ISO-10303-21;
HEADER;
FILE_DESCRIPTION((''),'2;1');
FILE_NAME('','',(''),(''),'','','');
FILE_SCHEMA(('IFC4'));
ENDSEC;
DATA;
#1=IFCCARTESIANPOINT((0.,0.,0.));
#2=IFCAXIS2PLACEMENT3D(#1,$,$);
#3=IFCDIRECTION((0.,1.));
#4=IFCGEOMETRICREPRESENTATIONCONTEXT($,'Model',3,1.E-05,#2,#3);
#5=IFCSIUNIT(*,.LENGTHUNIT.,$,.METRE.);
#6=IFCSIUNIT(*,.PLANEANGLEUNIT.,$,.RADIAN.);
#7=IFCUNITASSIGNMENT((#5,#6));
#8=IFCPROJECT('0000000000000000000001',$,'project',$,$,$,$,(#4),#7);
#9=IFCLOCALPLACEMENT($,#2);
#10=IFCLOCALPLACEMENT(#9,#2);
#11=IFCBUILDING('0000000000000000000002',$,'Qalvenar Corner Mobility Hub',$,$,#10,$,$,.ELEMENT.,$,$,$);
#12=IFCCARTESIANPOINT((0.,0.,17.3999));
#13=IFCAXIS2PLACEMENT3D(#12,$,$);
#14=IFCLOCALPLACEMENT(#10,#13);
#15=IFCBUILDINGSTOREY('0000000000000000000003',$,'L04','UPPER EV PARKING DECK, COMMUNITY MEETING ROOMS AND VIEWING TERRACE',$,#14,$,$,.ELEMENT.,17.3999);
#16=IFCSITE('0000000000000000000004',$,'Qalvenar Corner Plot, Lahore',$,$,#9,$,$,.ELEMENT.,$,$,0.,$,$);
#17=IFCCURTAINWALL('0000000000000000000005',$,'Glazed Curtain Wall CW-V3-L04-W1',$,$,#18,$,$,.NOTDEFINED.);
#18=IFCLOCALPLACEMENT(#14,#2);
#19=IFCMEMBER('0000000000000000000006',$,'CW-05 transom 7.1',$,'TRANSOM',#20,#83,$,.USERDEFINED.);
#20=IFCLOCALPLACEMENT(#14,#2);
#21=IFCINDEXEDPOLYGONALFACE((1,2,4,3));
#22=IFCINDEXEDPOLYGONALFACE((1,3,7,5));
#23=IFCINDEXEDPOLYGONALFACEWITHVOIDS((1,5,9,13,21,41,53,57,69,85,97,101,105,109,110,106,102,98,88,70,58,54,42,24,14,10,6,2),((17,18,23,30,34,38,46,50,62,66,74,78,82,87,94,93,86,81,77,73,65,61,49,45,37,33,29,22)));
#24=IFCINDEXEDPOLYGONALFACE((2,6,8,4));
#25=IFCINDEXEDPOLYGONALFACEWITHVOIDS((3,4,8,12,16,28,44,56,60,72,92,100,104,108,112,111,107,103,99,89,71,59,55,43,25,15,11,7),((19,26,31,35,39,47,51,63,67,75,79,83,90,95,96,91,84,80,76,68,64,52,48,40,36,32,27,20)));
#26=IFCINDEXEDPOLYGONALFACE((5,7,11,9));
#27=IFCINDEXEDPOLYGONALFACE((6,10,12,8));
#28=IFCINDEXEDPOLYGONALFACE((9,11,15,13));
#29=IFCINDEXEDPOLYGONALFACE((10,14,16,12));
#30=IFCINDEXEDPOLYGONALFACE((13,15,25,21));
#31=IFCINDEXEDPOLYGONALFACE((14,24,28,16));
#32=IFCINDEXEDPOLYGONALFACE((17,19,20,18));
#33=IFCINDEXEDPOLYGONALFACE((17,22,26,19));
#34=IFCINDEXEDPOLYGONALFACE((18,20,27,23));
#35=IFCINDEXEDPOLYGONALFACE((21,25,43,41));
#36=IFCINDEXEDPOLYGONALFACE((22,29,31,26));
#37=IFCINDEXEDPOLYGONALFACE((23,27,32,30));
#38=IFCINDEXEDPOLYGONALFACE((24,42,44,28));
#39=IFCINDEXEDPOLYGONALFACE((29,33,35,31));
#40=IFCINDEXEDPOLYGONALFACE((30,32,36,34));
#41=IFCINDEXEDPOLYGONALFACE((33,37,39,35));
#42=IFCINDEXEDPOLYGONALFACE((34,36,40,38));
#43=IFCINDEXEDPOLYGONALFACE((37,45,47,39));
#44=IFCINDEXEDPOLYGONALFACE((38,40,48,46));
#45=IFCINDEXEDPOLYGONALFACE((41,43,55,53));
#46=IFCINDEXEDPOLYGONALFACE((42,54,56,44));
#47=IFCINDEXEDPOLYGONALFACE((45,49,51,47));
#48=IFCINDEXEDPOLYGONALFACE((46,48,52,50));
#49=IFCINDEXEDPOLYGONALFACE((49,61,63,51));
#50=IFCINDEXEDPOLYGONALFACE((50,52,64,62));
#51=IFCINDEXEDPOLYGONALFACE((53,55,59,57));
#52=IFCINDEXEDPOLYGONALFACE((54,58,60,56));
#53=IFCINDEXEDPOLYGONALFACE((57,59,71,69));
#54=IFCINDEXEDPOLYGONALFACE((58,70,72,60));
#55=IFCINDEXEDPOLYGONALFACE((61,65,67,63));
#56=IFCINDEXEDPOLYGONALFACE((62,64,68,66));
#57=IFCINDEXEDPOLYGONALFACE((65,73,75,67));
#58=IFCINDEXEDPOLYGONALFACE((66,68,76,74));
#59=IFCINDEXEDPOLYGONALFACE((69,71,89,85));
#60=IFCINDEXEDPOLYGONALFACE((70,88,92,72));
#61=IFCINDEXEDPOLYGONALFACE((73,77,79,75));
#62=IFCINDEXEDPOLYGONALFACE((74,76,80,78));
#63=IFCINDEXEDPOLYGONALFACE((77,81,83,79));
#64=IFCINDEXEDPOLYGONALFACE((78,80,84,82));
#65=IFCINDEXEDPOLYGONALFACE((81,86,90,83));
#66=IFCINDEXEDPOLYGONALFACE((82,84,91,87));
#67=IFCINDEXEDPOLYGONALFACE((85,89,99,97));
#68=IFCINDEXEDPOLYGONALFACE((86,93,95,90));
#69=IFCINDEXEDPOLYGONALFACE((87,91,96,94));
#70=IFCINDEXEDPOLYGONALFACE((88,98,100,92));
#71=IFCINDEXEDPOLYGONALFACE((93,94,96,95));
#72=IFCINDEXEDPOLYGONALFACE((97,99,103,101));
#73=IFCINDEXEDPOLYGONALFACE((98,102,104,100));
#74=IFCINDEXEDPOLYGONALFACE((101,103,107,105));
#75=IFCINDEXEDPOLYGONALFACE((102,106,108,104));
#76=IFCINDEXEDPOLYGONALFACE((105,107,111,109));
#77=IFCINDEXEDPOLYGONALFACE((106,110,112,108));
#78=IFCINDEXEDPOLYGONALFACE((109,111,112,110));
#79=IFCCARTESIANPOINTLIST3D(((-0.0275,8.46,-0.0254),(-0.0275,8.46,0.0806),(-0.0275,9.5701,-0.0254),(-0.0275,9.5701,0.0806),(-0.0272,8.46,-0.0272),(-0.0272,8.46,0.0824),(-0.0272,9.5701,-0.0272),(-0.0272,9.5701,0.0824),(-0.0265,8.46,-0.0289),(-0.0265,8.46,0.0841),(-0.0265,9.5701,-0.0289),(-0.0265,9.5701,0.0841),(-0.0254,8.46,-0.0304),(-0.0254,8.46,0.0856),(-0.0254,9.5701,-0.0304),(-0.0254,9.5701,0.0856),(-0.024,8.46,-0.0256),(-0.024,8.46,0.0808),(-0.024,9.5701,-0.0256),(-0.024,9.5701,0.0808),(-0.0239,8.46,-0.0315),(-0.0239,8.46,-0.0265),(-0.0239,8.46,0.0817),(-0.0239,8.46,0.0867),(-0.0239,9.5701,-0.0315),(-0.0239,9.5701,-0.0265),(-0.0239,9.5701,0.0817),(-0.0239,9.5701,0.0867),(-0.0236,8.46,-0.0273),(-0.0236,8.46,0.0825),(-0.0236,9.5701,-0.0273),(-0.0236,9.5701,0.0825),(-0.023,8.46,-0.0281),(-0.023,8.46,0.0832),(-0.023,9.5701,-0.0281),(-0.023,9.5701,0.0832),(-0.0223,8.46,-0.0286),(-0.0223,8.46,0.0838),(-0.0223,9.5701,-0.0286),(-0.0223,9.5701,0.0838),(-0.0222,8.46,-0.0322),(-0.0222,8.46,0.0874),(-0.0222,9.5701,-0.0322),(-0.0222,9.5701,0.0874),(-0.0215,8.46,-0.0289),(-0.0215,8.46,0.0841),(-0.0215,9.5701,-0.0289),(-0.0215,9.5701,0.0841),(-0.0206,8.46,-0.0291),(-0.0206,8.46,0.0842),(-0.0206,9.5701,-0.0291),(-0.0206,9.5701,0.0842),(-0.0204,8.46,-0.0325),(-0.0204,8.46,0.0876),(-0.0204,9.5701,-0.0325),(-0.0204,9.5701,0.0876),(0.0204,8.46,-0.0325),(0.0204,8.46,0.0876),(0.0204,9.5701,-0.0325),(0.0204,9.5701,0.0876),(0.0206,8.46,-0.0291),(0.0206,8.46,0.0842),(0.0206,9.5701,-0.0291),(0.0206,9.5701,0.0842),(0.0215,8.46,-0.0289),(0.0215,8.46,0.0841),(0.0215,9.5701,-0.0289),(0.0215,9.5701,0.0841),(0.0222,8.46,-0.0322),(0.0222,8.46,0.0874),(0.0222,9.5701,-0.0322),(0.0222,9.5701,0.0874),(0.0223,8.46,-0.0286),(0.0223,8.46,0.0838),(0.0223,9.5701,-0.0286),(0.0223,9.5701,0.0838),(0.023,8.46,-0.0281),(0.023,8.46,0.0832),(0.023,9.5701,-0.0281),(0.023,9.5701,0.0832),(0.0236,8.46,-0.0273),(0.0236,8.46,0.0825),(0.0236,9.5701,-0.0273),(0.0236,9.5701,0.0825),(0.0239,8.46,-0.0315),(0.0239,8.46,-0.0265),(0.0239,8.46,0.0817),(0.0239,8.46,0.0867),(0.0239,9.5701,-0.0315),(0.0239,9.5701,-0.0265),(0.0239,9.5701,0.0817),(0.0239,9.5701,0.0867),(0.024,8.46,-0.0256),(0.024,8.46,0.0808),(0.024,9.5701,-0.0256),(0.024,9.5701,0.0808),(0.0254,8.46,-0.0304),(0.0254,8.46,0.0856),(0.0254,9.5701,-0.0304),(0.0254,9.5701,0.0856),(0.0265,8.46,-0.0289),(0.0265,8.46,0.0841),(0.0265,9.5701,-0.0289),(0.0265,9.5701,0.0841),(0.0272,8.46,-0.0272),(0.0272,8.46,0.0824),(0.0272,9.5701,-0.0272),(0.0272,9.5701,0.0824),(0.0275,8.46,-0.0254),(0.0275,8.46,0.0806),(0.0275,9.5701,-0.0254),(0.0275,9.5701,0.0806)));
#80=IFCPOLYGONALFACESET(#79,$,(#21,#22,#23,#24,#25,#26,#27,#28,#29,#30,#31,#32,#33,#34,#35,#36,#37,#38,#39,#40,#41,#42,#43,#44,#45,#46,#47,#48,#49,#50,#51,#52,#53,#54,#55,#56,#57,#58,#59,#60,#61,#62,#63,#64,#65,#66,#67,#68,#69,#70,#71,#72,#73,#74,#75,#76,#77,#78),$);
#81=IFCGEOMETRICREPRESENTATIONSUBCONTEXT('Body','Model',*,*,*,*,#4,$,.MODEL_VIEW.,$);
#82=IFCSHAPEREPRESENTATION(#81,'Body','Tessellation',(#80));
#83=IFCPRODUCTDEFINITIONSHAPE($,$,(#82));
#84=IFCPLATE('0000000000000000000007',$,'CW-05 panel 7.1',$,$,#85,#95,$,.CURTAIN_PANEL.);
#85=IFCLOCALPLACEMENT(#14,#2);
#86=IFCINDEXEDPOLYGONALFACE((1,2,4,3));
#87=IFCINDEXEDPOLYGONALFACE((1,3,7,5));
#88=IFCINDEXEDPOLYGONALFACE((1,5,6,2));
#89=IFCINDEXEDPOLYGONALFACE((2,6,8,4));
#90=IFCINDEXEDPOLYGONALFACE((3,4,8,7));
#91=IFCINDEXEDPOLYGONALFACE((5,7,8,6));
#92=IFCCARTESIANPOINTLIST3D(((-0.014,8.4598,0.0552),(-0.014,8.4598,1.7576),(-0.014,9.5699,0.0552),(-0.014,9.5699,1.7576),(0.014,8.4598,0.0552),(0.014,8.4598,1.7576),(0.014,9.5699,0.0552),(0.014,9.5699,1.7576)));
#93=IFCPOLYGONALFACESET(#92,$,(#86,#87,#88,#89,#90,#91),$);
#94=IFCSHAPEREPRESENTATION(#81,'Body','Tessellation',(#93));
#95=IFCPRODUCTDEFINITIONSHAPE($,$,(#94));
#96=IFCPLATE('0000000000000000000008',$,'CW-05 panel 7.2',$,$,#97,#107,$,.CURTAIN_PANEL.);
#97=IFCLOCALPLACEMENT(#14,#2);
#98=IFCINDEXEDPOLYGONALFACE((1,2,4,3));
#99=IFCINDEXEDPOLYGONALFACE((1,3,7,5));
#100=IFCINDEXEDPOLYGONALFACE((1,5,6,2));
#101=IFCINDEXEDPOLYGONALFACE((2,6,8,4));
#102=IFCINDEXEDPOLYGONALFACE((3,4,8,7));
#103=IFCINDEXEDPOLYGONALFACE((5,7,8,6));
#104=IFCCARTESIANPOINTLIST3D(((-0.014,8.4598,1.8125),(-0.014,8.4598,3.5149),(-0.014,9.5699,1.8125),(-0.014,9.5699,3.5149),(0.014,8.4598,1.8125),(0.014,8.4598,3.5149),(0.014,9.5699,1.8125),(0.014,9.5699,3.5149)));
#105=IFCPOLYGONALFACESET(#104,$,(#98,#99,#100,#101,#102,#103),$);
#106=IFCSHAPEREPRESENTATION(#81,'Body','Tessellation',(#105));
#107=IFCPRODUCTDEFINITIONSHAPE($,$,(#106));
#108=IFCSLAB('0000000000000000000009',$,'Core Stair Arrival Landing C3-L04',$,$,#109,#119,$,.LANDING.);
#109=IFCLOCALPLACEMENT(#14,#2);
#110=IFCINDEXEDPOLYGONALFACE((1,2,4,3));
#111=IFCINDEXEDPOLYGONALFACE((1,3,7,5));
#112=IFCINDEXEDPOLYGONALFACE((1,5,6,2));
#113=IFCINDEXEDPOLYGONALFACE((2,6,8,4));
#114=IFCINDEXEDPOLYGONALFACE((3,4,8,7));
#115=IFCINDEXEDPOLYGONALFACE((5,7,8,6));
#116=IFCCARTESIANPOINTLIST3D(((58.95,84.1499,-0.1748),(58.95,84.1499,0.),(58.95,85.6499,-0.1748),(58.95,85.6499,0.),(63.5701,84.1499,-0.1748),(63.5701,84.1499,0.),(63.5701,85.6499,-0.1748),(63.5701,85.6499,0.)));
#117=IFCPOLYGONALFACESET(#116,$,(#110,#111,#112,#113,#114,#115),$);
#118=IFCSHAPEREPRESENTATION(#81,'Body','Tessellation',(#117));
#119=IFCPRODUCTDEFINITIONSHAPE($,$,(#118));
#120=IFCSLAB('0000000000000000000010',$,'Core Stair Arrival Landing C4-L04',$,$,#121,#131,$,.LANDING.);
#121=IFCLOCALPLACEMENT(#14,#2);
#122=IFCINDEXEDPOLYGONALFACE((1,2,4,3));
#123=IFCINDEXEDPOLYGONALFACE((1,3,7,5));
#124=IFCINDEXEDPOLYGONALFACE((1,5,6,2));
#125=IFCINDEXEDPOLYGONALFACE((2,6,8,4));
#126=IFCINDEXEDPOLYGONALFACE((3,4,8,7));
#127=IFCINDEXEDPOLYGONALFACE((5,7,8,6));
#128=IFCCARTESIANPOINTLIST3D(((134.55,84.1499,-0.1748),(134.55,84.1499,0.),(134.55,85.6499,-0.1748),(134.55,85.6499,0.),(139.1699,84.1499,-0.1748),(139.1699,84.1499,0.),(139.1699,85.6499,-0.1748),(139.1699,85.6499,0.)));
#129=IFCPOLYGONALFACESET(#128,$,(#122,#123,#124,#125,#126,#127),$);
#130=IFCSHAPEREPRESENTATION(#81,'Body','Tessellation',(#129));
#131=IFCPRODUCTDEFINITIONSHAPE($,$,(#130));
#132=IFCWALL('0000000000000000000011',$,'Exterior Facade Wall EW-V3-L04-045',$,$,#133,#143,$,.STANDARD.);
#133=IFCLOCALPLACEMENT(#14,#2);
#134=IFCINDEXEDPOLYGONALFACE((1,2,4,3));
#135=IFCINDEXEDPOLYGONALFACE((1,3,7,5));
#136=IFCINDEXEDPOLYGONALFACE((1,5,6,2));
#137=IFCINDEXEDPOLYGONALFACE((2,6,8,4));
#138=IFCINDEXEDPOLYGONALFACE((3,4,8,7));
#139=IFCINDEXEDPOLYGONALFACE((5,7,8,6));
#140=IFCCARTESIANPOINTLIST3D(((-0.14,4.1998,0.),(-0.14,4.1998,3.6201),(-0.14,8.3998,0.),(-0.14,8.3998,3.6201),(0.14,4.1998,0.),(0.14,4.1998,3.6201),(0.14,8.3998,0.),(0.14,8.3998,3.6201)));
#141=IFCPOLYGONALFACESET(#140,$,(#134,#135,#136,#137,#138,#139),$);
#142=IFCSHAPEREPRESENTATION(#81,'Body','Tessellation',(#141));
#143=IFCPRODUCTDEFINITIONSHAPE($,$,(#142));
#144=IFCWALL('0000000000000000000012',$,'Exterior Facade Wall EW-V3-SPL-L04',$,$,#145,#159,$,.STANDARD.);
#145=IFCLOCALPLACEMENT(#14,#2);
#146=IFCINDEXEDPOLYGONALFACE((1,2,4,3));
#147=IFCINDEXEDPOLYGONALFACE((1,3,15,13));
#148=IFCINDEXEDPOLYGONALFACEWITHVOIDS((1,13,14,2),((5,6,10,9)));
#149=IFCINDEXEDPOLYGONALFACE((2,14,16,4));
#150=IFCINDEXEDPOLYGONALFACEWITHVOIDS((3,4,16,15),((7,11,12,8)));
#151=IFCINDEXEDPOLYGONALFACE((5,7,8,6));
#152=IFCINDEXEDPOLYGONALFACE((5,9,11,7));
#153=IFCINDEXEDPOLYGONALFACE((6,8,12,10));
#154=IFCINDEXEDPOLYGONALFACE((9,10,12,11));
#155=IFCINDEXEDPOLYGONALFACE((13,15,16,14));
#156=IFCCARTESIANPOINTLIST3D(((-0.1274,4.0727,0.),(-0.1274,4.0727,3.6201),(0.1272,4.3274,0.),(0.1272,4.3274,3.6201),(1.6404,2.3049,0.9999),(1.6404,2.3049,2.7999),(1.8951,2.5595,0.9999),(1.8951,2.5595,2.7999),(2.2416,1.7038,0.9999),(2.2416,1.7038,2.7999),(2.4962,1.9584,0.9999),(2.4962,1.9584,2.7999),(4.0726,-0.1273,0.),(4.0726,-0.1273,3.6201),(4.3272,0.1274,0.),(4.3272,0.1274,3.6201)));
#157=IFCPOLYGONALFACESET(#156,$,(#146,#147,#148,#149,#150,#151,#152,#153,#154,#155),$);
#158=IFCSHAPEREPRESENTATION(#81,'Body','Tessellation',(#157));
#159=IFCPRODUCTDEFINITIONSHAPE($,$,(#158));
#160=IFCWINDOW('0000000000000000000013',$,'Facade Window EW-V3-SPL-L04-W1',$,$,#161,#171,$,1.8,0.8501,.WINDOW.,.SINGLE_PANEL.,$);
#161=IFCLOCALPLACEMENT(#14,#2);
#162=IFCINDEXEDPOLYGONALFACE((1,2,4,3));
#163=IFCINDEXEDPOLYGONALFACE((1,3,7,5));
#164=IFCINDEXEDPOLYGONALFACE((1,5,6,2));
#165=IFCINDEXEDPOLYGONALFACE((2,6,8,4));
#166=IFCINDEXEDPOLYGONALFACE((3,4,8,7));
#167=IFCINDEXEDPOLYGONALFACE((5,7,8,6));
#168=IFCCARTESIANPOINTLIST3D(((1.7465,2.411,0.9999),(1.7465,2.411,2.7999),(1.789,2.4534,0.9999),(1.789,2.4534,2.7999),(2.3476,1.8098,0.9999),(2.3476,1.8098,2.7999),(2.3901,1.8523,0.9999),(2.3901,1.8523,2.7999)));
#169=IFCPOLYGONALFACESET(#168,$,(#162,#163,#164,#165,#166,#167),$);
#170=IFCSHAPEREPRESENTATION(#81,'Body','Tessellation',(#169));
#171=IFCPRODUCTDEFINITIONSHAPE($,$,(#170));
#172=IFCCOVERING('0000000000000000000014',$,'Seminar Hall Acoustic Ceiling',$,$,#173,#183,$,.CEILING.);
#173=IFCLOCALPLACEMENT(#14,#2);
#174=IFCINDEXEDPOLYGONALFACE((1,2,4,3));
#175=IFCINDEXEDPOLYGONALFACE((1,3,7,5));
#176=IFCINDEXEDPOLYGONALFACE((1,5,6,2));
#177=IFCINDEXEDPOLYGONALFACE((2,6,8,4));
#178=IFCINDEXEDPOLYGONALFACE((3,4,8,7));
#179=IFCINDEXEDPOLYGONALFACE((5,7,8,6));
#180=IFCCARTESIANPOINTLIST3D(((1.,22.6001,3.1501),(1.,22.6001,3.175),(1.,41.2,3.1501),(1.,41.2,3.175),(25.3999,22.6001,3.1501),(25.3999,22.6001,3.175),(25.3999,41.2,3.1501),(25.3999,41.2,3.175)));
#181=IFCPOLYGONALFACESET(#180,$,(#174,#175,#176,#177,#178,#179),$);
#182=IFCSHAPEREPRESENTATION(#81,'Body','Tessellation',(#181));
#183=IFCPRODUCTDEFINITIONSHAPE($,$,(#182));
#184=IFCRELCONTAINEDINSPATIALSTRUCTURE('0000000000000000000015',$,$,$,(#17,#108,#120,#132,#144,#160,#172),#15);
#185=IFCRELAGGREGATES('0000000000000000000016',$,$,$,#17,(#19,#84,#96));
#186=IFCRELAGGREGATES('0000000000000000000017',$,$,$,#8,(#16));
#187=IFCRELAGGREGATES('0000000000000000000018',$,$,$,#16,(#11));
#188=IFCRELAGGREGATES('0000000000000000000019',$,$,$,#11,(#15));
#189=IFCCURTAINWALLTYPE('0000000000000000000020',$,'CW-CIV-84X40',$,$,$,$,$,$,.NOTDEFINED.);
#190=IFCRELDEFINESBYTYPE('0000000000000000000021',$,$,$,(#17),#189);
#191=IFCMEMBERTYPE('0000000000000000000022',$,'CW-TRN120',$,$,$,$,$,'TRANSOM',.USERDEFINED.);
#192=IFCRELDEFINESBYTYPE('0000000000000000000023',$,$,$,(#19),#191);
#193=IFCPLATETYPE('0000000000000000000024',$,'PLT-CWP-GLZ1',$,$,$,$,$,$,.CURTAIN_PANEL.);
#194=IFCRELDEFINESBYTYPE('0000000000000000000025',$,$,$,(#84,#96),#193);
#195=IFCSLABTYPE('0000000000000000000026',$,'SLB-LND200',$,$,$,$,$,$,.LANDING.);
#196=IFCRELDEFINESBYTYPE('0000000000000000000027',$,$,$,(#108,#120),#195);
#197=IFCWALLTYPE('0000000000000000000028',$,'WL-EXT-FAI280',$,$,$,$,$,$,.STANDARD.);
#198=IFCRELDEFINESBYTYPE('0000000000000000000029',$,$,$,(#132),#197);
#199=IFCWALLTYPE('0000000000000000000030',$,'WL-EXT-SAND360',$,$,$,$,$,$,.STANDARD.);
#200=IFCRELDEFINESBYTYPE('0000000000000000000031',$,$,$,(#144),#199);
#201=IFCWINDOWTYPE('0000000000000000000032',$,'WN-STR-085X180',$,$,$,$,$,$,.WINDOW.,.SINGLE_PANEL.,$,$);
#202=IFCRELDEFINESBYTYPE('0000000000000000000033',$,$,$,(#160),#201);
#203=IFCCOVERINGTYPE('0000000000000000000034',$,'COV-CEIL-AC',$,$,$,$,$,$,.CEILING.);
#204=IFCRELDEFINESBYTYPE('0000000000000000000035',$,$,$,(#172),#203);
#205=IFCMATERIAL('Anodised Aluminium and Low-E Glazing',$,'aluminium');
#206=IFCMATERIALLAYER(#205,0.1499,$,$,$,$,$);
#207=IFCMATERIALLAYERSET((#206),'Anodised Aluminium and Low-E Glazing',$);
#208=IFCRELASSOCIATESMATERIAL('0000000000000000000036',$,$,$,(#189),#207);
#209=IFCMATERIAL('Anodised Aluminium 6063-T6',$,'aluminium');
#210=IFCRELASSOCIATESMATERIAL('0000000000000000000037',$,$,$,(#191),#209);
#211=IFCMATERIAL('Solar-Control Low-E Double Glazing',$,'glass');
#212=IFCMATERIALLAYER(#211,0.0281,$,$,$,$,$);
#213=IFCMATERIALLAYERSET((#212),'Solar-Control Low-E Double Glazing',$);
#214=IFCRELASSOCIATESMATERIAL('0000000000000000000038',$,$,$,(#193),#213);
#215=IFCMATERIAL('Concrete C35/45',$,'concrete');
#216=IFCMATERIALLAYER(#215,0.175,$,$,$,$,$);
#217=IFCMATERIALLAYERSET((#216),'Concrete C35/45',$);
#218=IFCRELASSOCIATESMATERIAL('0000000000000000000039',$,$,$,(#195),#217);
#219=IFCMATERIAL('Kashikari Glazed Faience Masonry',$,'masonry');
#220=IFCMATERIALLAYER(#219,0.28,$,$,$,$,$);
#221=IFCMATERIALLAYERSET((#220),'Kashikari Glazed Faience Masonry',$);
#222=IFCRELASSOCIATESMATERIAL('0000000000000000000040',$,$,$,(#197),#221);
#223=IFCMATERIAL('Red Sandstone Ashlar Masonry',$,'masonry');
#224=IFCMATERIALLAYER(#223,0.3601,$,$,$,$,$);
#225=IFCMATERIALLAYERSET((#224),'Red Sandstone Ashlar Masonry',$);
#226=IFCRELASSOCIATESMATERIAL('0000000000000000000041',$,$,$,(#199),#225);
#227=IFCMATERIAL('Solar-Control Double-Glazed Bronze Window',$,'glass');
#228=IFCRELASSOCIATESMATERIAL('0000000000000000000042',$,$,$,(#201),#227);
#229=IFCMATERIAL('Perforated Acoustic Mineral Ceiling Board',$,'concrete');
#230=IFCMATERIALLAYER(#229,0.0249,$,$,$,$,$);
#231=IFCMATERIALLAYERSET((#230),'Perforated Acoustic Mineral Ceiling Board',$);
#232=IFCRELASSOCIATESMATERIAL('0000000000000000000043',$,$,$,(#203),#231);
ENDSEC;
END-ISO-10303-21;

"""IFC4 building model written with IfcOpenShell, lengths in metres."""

from ifc_helpers import new_model, si_unit, direction, frame, frame_2d, origin, origin_2d, place, context, subcontext, project, spatial, polyline, rectangle, hollow_rectangle, outline, extrude, material, layer, layer_set, material_profile, profile_set, type_object, element, fill, aggregate, save


model = new_model("IFC4")

# Units and contexts
model_context = context("Model", 3, precision=1e-05, world=origin(), true_north=direction((0.0, 1.0)))
body_context = subcontext(model_context, "Body", "Model", "MODEL_VIEW")
ifc_project = project(units=[si_unit("LENGTHUNIT", "METRE"), si_unit("PLANEANGLEUNIT", "RADIAN")], contexts=[model_context])

# Site, building, storey
site_placement = place(None, origin())
site = spatial("IfcSite", under=ifc_project, at=site_placement, Name="Qalvenar Corner Plot, Lahore", CompositionType="ELEMENT", RefElevation=0.0)
building_placement = place(site_placement, origin())
building = spatial("IfcBuilding", under=site, at=building_placement, Name="Qalvenar Corner Mobility Hub", CompositionType="ELEMENT")
storey_placement = place(building_placement, frame((0.0, 0.0, 17.3999)))
storey = spatial("IfcBuildingStorey", under=building, at=storey_placement, Name="L04", Description="UPPER EV PARKING DECK, COMMUNITY MEETING ROOMS AND VIEWING TERRACE", CompositionType="ELEMENT", Elevation=17.3999)

# Curtain wall, member, plates
ifc_material_1 = material(Name="Anodised Aluminium and Low-E Glazing", Category="aluminium")
ifc_layer_1 = layer(ifc_material_1, 0.1499)
ifc_layer_set_1 = layer_set([ifc_layer_1], Name="Anodised Aluminium and Low-E Glazing")
curtain_wall_type = type_object("IfcCurtainWallType", Name="CW-CIV-84X40", PredefinedType="NOTDEFINED", material=ifc_layer_set_1)
curtain_wall_placement = place(storey_placement, origin())
curtain_wall = element("IfcCurtainWall", 1, at=curtain_wall_placement, inside=storey, type_object=curtain_wall_type, Name="Glazed Curtain Wall CW-V3-L04-W1", PredefinedType="NOTDEFINED")
ifc_material_2 = material(Name="Anodised Aluminium 6063-T6", Category="aluminium")
ifc_material_profile_1 = material_profile(ifc_material_2, hollow_rectangle(XDim=0.0549, YDim=0.1201, WallThickness=0.0034, InnerFilletRadius=0.0034, OuterFilletRadius=0.0071, at=origin_2d()), Name="RHS120x55x3.5")
ifc_profile_set_1 = profile_set([ifc_material_profile_1], Name="Anodised Aluminium 6063-T6")
member_type_1 = type_object("IfcMemberType", Name="CW-TRN120", ElementType="TRANSOM", PredefinedType="USERDEFINED", material=ifc_profile_set_1)
member_1_placement = place(storey_placement, frame((0.0, 9.5701, 0.0276), z_axis=(0.0, -1.0, 0.0), x_axis=(1.0, 0.0, 0.0)))
member_1 = element("IfcMember", 2, at=member_1_placement, type_object=member_type_1, Name="CW-05 transom 7.1", ObjectType="TRANSOM", PredefinedType="USERDEFINED", context=body_context, shape_type="SweptSolid", body=[
    extrude(hollow_rectangle(XDim=0.0549, YDim=0.1201, WallThickness=0.0034, InnerFilletRadius=0.0034, OuterFilletRadius=0.0071, at=origin_2d()), origin(), (0.0, 0.0, 1.0), 1.1101),
])
ifc_material_3 = material(Name="Solar-Control Low-E Double Glazing", Category="glass")
ifc_layer_2 = layer(ifc_material_3, 0.0281)
ifc_layer_set_2 = layer_set([ifc_layer_2], Name="Solar-Control Low-E Double Glazing")
plate_type = type_object("IfcPlateType", Name="PLT-CWP-GLZ1", PredefinedType="CURTAIN_PANEL", material=ifc_layer_set_2)
plate_1_placement = place(storey_placement, frame((0.0, 9.0149, 0.0552), z_axis=(0.0, 0.0, 1.0), x_axis=(0.0, -1.0, 0.0)))
plate_1 = element("IfcPlate", 3, at=plate_1_placement, type_object=plate_type, Name="CW-05 panel 7.1", PredefinedType="CURTAIN_PANEL", context=body_context, shape_type="SweptSolid", body=[
    extrude(rectangle(XDim=1.1101, YDim=0.0281, at=origin_2d()), origin(), (0.0, 0.0, 1.0), 1.7024),
])
plate_2_placement = place(storey_placement, frame((0.0, 9.0149, 1.8125), z_axis=(0.0, 0.0, 1.0), x_axis=(0.0, -1.0, 0.0)))
plate_2 = element("IfcPlate", 4, at=plate_2_placement, type_object=plate_type, Name="CW-05 panel 7.2", PredefinedType="CURTAIN_PANEL", context=body_context, shape_type="SweptSolid", body=[
    extrude(rectangle(XDim=1.1101, YDim=0.0281, at=origin_2d()), origin(), (0.0, 0.0, 1.0), 1.7024),
])
aggregate(curtain_wall, [member_1, plate_1, plate_2])

# Slabs
ifc_material_4 = material(Name="Concrete C35/45", Category="concrete")
ifc_layer_3 = layer(ifc_material_4, 0.175)
ifc_layer_set_3 = layer_set([ifc_layer_3], Name="Concrete C35/45")
slab_type = type_object("IfcSlabType", Name="SLB-LND200", PredefinedType="LANDING", material=ifc_layer_set_3)
slab_1_placement = place(storey_placement, frame((0.0, 0.0, -0.1748)))
element("IfcSlab", 5, at=slab_1_placement, inside=storey, type_object=slab_type, Name="Core Stair Arrival Landing C3-L04", PredefinedType="LANDING", context=body_context, shape_type="SweptSolid", body=[
    extrude(outline(polyline([(58.95, 84.1499), (63.5701, 84.1499), (63.5701, 85.6499), (58.95, 85.6499), (58.95, 84.1499)])), origin(), (0.0, 0.0, 1.0), 0.1748),
])
slab_2_placement = place(storey_placement, frame((0.0, 0.0, -0.1748)))
element("IfcSlab", 6, at=slab_2_placement, inside=storey, type_object=slab_type, Name="Core Stair Arrival Landing C4-L04", PredefinedType="LANDING", context=body_context, shape_type="SweptSolid", body=[
    extrude(outline(polyline([(134.55, 84.1499), (139.1699, 84.1499), (139.1699, 85.6499), (134.55, 85.6499), (134.55, 84.1499)])), origin(), (0.0, 0.0, 1.0), 0.1748),
])

# Wall
ifc_material_5 = material(Name="Kashikari Glazed Faience Masonry", Category="masonry")
ifc_layer_4 = layer(ifc_material_5, 0.28)
ifc_layer_set_4 = layer_set([ifc_layer_4], Name="Kashikari Glazed Faience Masonry")
wall_type_1 = type_object("IfcWallType", Name="WL-EXT-FAI280", PredefinedType="STANDARD", material=ifc_layer_set_4)
wall_1_placement = place(storey_placement, frame((0.0, 8.3999, 0.0), z_axis=(0.0, 0.0, 1.0), x_axis=(0.0, -1.0, 0.0)))
element("IfcWall", 7, at=wall_1_placement, inside=storey, type_object=wall_type_1, Name="Exterior Facade Wall EW-V3-L04-045", PredefinedType="STANDARD", context=body_context, shape_type="SweptSolid", body=[
    extrude(rectangle(XDim=4.2, YDim=0.28, at=frame_2d((2.1001, 0.0))), origin(), (0.0, 0.0, 1.0), 3.6201),
])

# Wall, opening, window
ifc_material_6 = material(Name="Red Sandstone Ashlar Masonry", Category="masonry")
ifc_layer_5 = layer(ifc_material_6, 0.3601)
ifc_layer_set_5 = layer_set([ifc_layer_5], Name="Red Sandstone Ashlar Masonry")
wall_type_2 = type_object("IfcWallType", Name="WL-EXT-SAND360", PredefinedType="STANDARD", material=ifc_layer_set_5)
wall_2_placement = place(storey_placement, frame((0.0, 4.2, 0.0), z_axis=(0.0, 0.0, 1.0), x_axis=(0.707107, -0.707107, 0.0)))
wall_2 = element("IfcWall", 8, at=wall_2_placement, inside=storey, type_object=wall_type_2, Name="Exterior Facade Wall EW-V3-SPL-L04", PredefinedType="STANDARD", context=body_context, shape_type="SweptSolid", body=[
    extrude(rectangle(XDim=5.9397, YDim=0.3601, at=frame_2d((2.9697, 0.0))), origin(), (0.0, 0.0, 1.0), 3.6201),
])
opening_placement = place(wall_2_placement, frame((2.5, 0.0, 1.0)))
opening = element("IfcOpeningElement", 9, at=opening_placement, cuts=wall_2, PredefinedType="OPENING", context=body_context, shape_type="SweptSolid", body=[
    extrude(rectangle(XDim=0.8501, YDim=1.8, at=frame_2d((0.425, 0.8999))), frame((0.0, 0.1899, 0.0), z_axis=(0.0, -1.0, 0.0), x_axis=(1.0, 0.0, 0.0)), (0.0, 0.0, 1.0), 0.3801),
])
ifc_material_7 = material(Name="Solar-Control Double-Glazed Bronze Window", Category="glass")
window_type = type_object("IfcWindowType", Name="WN-STR-085X180", PartitioningType="SINGLE_PANEL", PredefinedType="WINDOW", material=ifc_material_7)
window_placement = place(opening_placement, origin())
window = element("IfcWindow", 10, at=window_placement, inside=storey, type_object=window_type, Name="Facade Window EW-V3-SPL-L04-W1", OverallHeight=1.8, OverallWidth=0.8501, PartitioningType="SINGLE_PANEL", PredefinedType="WINDOW", context=body_context, shape_type="SweptSolid", body=[
    extrude(rectangle(XDim=0.8501, YDim=1.8, at=frame_2d((0.425, 0.8999))), frame((0.0, 0.03, 0.0), z_axis=(0.0, -1.0, 0.0), x_axis=(1.0, 0.0, 0.0)), (0.0, 0.0, 1.0), 0.0601),
])
fill(opening, window)

# Covering
ifc_material_8 = material(Name="Perforated Acoustic Mineral Ceiling Board", Category="concrete")
ifc_layer_6 = layer(ifc_material_8, 0.0249)
ifc_layer_set_6 = layer_set([ifc_layer_6], Name="Perforated Acoustic Mineral Ceiling Board")
covering_type = type_object("IfcCoveringType", Name="COV-CEIL-AC", PredefinedType="CEILING", material=ifc_layer_set_6)
covering_placement = place(storey_placement, frame((0.0, 0.0, 3.1501)))
element("IfcCovering", 11, at=covering_placement, inside=storey, type_object=covering_type, Name="Seminar Hall Acoustic Ceiling", PredefinedType="CEILING", context=body_context, shape_type="SweptSolid", body=[
    extrude(outline(polyline([(1.0, 22.6001), (25.3999, 22.6001), (25.3999, 41.2), (1.0, 41.2), (1.0, 22.6001)])), origin(), (0.0, 0.0, 1.0), 0.0249),
])

save(model, "model.ifc")
